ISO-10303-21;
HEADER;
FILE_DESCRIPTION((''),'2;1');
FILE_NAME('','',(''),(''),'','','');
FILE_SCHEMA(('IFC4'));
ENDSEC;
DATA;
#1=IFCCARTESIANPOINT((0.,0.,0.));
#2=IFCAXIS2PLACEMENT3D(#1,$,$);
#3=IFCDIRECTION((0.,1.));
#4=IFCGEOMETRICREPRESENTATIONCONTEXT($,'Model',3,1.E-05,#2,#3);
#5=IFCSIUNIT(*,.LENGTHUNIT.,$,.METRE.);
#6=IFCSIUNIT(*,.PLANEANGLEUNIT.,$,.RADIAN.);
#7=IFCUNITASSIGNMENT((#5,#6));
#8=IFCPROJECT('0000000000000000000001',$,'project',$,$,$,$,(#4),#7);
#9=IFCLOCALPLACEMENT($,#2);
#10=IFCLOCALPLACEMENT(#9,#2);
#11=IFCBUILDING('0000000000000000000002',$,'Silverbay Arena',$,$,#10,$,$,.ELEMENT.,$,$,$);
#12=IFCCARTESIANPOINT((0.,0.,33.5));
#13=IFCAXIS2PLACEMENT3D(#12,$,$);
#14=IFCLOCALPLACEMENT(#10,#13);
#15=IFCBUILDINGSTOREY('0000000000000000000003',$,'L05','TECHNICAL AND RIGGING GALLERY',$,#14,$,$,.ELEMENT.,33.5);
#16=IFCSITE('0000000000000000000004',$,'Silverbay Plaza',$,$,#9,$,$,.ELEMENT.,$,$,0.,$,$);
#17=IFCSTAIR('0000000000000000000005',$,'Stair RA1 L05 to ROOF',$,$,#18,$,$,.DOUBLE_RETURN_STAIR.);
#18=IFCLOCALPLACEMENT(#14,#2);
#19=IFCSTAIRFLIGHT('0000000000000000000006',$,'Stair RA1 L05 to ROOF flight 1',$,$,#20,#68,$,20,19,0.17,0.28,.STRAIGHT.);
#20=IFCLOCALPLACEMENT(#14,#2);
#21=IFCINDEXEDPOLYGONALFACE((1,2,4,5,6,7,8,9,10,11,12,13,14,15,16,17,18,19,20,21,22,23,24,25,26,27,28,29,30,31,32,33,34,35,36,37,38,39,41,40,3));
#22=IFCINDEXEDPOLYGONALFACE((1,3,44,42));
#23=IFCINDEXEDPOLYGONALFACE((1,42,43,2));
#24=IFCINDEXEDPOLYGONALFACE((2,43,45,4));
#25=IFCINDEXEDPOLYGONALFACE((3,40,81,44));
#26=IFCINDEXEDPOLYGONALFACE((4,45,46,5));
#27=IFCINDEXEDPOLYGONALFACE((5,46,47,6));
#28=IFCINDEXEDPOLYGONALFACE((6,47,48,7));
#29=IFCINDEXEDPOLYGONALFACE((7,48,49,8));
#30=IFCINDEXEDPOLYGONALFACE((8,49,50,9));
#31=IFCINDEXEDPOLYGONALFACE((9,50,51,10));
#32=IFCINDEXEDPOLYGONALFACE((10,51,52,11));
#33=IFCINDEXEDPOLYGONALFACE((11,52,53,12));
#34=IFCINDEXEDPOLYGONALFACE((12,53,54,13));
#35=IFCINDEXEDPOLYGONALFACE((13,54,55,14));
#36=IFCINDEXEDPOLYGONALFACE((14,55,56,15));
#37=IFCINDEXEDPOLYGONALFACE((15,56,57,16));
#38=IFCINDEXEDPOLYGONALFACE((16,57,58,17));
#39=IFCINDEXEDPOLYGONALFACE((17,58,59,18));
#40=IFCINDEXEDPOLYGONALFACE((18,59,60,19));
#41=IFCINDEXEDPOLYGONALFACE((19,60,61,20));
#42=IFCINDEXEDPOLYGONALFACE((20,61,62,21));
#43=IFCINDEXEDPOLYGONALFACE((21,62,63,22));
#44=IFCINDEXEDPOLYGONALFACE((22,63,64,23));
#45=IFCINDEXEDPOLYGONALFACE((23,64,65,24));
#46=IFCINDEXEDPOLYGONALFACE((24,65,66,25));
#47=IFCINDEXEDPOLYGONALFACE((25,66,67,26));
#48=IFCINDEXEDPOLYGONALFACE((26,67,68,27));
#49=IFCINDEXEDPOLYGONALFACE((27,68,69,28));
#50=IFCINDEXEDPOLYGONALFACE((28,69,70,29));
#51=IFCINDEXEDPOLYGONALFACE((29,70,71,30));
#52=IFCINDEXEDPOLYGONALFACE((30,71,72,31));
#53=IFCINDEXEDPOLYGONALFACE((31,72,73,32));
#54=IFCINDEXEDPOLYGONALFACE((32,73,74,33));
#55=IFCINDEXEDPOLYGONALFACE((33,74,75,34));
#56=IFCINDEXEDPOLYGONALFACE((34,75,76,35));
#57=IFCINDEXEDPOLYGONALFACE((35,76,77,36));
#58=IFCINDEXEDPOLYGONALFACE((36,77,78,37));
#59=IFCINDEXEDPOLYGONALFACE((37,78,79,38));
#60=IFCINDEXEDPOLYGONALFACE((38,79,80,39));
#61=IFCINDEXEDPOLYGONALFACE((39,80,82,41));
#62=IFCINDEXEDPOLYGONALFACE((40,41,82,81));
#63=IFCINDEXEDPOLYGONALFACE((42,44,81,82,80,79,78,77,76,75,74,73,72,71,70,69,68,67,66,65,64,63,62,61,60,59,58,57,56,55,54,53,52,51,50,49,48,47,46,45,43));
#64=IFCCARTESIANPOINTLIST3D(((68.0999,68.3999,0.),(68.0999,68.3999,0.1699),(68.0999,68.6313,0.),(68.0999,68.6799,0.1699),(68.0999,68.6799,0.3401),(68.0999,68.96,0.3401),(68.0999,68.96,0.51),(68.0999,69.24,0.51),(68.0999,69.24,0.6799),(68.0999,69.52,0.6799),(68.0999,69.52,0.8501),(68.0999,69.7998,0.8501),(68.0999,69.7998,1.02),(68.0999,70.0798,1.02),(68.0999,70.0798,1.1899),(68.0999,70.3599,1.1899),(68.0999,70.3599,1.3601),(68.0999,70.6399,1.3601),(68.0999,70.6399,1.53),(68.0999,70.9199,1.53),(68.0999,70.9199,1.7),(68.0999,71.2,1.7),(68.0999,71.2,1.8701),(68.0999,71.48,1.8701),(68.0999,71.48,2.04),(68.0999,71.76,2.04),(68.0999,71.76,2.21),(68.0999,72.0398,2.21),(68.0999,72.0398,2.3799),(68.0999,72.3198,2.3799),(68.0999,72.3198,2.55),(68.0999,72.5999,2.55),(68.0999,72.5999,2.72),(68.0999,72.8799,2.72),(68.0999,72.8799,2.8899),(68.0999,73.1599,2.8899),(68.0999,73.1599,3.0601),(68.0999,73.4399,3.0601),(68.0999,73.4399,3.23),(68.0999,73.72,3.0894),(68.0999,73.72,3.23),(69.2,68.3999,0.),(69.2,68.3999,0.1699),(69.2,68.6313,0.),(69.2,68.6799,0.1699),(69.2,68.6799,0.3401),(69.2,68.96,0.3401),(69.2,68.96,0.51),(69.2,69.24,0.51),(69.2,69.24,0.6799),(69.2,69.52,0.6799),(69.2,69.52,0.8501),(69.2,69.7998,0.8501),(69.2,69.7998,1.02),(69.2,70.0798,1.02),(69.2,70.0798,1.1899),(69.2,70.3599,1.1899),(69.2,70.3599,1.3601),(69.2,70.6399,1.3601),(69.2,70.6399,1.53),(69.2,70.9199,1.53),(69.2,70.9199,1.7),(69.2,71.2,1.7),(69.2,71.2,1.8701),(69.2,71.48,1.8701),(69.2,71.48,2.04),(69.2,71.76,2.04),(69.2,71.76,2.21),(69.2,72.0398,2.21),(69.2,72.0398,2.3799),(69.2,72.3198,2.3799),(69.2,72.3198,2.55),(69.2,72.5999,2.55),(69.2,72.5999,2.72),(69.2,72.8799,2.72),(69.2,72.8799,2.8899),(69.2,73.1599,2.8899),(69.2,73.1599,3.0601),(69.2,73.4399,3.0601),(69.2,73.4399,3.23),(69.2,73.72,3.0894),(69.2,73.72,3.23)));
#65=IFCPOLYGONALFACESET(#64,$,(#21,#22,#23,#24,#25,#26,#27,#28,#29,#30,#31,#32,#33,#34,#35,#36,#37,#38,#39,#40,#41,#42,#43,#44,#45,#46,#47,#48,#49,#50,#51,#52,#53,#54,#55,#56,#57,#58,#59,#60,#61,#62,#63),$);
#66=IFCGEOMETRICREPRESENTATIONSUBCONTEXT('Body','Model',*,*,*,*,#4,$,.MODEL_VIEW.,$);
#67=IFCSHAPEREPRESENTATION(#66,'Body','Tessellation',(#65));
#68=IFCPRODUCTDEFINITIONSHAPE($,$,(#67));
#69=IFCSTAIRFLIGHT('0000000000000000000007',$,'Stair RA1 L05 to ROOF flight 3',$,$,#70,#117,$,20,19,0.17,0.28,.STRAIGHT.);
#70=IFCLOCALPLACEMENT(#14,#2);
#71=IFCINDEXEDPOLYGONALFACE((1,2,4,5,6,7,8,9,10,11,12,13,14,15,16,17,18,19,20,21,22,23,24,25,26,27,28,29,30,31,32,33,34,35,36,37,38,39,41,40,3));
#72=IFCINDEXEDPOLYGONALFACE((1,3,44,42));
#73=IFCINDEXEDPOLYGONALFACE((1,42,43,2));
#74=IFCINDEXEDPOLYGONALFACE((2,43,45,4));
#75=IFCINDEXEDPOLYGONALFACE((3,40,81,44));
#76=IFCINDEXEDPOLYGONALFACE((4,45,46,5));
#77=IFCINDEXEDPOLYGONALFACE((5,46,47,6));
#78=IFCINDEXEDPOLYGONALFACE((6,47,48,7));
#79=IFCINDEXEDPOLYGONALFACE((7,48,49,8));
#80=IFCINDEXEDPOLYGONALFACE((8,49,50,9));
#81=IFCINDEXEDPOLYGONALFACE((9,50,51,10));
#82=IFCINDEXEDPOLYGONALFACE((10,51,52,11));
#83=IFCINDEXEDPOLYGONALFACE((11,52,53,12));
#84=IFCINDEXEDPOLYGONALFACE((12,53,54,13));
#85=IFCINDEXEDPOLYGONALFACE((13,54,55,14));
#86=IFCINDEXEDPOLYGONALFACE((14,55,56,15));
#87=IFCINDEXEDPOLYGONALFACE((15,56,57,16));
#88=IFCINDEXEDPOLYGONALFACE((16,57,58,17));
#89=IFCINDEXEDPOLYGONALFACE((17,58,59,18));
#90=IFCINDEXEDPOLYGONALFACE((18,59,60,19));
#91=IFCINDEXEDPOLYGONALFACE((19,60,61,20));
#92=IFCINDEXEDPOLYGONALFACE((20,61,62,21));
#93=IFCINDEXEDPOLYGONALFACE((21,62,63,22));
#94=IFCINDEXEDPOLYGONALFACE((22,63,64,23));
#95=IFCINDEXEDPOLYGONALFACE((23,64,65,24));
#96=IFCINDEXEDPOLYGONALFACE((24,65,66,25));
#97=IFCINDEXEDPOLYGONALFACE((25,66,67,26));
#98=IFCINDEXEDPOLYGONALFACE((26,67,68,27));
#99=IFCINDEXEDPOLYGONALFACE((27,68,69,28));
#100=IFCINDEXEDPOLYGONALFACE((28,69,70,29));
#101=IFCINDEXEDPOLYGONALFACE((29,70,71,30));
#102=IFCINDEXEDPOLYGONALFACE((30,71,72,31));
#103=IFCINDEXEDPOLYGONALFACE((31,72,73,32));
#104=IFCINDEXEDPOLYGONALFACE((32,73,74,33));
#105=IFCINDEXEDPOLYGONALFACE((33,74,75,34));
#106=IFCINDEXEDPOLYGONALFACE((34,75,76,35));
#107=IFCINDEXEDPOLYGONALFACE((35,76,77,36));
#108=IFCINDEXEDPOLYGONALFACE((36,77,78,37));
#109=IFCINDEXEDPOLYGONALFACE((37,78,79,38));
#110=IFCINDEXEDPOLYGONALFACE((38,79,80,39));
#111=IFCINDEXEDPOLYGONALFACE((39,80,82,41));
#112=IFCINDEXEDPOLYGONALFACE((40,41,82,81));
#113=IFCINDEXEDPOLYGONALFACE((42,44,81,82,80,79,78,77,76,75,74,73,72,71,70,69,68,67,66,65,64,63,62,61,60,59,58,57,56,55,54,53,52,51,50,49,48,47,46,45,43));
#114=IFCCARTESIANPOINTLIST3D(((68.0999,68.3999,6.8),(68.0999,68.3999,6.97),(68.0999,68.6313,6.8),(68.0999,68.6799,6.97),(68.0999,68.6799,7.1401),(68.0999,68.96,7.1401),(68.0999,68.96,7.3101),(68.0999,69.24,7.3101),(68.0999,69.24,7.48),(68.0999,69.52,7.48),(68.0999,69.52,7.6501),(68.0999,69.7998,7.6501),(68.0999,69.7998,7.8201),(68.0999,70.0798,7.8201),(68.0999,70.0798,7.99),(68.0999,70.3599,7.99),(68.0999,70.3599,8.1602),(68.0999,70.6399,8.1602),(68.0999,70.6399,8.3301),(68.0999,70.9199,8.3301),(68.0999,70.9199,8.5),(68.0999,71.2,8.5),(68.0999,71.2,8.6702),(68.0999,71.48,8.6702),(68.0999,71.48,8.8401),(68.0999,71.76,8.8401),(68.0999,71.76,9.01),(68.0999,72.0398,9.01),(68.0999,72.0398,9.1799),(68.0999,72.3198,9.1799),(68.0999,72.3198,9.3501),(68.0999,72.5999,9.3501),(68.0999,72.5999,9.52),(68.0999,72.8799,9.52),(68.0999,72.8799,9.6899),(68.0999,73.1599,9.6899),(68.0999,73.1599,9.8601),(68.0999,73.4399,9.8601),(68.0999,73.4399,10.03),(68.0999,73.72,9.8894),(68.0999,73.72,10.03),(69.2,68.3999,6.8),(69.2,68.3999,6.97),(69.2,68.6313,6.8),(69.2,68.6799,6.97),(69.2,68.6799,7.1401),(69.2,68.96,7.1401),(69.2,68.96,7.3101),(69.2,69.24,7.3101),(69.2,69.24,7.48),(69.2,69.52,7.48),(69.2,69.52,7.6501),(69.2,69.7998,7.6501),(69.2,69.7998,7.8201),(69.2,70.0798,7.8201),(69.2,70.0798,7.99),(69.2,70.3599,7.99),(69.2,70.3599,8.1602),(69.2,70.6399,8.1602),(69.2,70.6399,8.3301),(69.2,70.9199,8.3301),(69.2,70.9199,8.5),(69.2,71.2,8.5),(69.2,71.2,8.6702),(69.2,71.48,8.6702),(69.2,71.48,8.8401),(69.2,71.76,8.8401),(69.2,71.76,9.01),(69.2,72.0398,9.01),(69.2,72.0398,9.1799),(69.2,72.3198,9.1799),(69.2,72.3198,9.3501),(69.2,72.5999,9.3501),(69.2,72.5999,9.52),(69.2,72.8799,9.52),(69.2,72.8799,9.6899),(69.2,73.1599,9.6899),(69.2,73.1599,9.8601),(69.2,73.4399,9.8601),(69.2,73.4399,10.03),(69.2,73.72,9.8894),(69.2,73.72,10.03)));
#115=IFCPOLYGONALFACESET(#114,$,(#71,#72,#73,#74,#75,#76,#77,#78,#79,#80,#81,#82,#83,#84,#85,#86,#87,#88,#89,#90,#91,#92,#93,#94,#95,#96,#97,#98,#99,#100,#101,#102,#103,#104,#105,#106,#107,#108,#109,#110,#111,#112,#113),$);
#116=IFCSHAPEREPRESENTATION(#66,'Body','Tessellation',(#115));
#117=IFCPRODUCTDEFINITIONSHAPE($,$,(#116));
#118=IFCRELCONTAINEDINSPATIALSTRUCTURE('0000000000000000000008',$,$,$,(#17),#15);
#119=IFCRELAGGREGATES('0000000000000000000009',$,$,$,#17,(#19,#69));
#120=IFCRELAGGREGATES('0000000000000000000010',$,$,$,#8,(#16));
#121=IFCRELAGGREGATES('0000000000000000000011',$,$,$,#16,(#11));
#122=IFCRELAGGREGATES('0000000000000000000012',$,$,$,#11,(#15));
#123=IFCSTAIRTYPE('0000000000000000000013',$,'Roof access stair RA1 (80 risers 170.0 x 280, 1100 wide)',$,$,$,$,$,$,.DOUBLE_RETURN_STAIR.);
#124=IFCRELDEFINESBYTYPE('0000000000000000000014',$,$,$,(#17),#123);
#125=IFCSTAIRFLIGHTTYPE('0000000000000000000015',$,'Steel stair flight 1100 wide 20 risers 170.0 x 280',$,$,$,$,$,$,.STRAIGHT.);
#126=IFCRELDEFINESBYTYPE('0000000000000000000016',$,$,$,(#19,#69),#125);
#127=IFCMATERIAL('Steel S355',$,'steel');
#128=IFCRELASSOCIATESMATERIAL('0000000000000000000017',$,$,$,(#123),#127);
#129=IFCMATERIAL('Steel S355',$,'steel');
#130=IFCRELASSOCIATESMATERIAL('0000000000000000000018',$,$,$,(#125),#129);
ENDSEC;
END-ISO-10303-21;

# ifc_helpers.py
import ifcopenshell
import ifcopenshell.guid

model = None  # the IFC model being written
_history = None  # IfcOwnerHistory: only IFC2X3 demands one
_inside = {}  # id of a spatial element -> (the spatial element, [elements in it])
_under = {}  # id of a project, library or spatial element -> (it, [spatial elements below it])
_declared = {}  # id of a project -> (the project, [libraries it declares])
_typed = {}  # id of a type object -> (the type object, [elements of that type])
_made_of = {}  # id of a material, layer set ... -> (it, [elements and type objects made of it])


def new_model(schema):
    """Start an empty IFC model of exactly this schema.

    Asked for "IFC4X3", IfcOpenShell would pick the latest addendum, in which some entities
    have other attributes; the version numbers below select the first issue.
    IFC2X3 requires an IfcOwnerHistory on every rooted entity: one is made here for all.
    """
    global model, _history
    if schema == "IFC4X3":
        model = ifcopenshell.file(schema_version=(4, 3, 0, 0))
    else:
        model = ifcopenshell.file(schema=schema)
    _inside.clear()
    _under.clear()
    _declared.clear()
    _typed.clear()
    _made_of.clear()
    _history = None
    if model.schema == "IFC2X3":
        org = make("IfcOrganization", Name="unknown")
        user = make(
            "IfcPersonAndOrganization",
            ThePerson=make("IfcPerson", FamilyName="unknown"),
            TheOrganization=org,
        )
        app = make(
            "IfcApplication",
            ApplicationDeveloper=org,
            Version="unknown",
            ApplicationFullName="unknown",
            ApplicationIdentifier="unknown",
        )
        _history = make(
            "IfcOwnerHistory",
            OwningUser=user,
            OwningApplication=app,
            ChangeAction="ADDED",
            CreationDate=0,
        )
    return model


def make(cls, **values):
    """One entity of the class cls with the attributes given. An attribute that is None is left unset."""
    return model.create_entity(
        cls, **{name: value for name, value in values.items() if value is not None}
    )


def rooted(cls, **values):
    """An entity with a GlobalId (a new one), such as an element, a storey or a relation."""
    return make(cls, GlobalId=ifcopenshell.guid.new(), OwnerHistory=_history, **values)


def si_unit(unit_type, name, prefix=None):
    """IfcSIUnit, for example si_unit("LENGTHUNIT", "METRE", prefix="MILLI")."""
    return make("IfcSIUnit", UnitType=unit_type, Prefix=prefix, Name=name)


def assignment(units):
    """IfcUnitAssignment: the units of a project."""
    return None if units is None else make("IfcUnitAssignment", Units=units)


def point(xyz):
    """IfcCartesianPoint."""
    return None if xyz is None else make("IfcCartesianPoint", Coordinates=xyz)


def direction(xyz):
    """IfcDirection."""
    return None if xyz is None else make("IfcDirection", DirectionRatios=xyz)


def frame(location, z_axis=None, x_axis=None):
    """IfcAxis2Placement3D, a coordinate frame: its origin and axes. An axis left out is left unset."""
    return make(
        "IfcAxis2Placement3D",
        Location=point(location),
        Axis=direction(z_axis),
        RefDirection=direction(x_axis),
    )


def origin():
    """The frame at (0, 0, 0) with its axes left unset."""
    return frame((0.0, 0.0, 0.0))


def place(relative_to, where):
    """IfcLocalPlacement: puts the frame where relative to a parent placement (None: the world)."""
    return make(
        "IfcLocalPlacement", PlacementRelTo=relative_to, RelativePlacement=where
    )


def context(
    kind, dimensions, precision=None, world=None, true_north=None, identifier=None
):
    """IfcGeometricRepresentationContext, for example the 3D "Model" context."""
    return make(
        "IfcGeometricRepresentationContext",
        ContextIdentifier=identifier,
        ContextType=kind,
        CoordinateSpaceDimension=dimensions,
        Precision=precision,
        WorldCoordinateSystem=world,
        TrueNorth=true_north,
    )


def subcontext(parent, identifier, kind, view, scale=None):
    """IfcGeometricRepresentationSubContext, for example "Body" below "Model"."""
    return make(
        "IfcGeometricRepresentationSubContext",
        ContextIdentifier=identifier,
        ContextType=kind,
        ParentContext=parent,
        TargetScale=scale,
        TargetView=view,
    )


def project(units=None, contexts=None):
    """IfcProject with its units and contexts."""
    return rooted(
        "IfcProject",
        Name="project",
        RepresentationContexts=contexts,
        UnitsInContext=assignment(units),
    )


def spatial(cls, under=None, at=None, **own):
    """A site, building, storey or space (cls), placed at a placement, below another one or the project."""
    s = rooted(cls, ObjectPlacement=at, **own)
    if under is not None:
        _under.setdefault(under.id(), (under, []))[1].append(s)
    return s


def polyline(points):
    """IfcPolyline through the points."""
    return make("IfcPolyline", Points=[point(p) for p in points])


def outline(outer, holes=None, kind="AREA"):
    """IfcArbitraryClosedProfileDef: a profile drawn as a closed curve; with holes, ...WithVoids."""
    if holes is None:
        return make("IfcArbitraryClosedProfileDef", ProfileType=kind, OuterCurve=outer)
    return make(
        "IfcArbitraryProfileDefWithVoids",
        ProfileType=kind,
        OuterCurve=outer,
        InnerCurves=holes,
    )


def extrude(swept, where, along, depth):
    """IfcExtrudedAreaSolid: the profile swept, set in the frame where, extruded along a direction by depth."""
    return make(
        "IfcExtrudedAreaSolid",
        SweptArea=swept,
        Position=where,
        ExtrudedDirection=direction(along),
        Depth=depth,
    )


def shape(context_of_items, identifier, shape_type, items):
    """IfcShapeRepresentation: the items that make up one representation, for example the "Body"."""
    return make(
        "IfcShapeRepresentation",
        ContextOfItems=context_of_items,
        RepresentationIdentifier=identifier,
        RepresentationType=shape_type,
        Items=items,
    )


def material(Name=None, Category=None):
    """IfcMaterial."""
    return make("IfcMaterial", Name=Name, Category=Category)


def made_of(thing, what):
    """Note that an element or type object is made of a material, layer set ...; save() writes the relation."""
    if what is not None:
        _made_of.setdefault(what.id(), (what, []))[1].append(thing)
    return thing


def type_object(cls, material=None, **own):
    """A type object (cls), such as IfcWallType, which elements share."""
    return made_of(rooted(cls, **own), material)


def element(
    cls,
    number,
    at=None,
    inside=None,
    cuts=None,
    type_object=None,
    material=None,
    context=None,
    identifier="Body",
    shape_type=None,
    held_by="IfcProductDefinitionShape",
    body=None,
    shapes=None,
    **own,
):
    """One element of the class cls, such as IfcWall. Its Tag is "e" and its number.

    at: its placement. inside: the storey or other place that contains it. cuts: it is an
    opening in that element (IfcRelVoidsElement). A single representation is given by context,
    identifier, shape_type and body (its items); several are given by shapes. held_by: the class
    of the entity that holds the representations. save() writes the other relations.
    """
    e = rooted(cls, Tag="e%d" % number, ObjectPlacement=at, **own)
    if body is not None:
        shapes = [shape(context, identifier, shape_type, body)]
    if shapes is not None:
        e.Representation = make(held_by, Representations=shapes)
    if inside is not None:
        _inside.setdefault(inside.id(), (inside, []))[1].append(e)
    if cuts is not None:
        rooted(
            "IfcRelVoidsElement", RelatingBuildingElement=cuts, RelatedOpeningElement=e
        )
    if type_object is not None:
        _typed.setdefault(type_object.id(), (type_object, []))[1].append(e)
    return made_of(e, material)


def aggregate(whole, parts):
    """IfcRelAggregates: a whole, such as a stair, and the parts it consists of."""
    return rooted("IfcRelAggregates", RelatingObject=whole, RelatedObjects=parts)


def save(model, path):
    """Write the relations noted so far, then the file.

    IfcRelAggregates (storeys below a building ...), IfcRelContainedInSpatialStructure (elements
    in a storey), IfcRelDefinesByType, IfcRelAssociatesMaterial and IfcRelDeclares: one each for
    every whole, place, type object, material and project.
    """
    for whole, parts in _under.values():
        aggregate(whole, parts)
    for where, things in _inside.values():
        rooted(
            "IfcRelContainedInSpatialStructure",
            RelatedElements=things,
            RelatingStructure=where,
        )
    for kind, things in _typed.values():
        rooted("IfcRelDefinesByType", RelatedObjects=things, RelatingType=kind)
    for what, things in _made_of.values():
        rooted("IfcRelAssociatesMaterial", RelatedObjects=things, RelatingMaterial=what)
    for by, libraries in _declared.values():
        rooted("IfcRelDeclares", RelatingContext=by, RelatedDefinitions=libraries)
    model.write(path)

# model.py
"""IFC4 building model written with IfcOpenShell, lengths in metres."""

from ifc_helpers import new_model, si_unit, direction, frame, origin, place, context, subcontext, project, spatial, polyline, outline, extrude, material, type_object, element, aggregate, save


model = new_model("IFC4")

# Units and contexts
model_context = context("Model", 3, precision=1e-05, world=origin(), true_north=direction((0.0, 1.0)))
body_context = subcontext(model_context, "Body", "Model", "MODEL_VIEW")
ifc_project = project(units=[si_unit("LENGTHUNIT", "METRE"), si_unit("PLANEANGLEUNIT", "RADIAN")], contexts=[model_context])

# Site, building, storey
site_placement = place(None, origin())
site = spatial("IfcSite", under=ifc_project, at=site_placement, Name="Silverbay Plaza", CompositionType="ELEMENT", RefElevation=0.0)
building_placement = place(site_placement, origin())
building = spatial("IfcBuilding", under=site, at=building_placement, Name="Silverbay Arena", CompositionType="ELEMENT")
storey_placement = place(building_placement, frame((0.0, 0.0, 33.5)))
storey = spatial("IfcBuildingStorey", under=building, at=storey_placement, Name="L05", Description="TECHNICAL AND RIGGING GALLERY", CompositionType="ELEMENT", Elevation=33.5)

# Stair, stair flights
ifc_material_1 = material(Name="Steel S355", Category="steel")
stair_type = type_object("IfcStairType", Name="Roof access stair RA1 (80 risers 170.0 x 280, 1100 wide)", PredefinedType="DOUBLE_RETURN_STAIR", material=ifc_material_1)
stair_placement = place(storey_placement, origin())
stair = element("IfcStair", 1, at=stair_placement, inside=storey, type_object=stair_type, Name="Stair RA1 L05 to ROOF", PredefinedType="DOUBLE_RETURN_STAIR")
ifc_material_2 = material(Name="Steel S355", Category="steel")
stair_flight_type = type_object("IfcStairFlightType", Name="Steel stair flight 1100 wide 20 risers 170.0 x 280", PredefinedType="STRAIGHT", material=ifc_material_2)
stair_flight_1_placement = place(storey_placement, frame((68.6499, 68.3999, 0.0), z_axis=(0.0, 0.0, 1.0), x_axis=(0.0, 1.0, 0.0)))
stair_flight_1 = element("IfcStairFlight", 2, at=stair_flight_1_placement, type_object=stair_flight_type, Name="Stair RA1 L05 to ROOF flight 1", NumberOfRisers=20, NumberOfTreads=19, PredefinedType="STRAIGHT", RiserHeight=0.17, TreadLength=0.28, context=body_context, shape_type="SweptSolid", body=[
    extrude(outline(polyline([(0.0, 0.0), (0.0, 0.1699), (0.28, 0.1699), (0.28, 0.3401), (0.5601, 0.3401), (0.5601, 0.51), (0.8401, 0.51), (0.8401, 0.6799), (1.1201, 0.6799), (1.1201, 0.8501), (1.3999, 0.8501), (1.3999, 1.02), (1.6799, 1.02), (1.6799, 1.1899), (1.96, 1.1899), (1.96, 1.3601), (2.24, 1.3601), (2.24, 1.53), (2.52, 1.53), (2.52, 1.7), (2.8, 1.7), (2.8, 1.8701), (3.0801, 1.8701), (3.0801, 2.04), (3.3601, 2.04), (3.3601, 2.21), (3.6399, 2.21), (3.6399, 2.3799), (3.9199, 2.3799), (3.9199, 2.55), (4.2, 2.55), (4.2, 2.72), (4.48, 2.72), (4.48, 2.8899), (4.76, 2.8899), (4.76, 3.0601), (5.04, 3.0601), (5.04, 3.23), (5.3201, 3.23), (5.3201, 3.0894), (0.2314, 0.0), (0.0, 0.0)])), frame((0.0, 0.55, 0.0), z_axis=(0.0, -1.0, 0.0), x_axis=(1.0, 0.0, 0.0)), (0.0, 0.0, 1.0), 1.1001),
])
stair_flight_2_placement = place(storey_placement, frame((68.6499, 68.3999, 6.8), z_axis=(0.0, 0.0, 1.0), x_axis=(0.0, 1.0, 0.0)))
stair_flight_2 = element("IfcStairFlight", 3, at=stair_flight_2_placement, type_object=stair_flight_type, Name="Stair RA1 L05 to ROOF flight 3", NumberOfRisers=20, NumberOfTreads=19, PredefinedType="STRAIGHT", RiserHeight=0.17, TreadLength=0.28, context=body_context, shape_type="SweptSolid", body=[
    extrude(outline(polyline([(0.0, 0.0), (0.0, 0.1699), (0.28, 0.1699), (0.28, 0.3401), (0.5601, 0.3401), (0.5601, 0.51), (0.8401, 0.51), (0.8401, 0.6799), (1.1201, 0.6799), (1.1201, 0.8501), (1.3999, 0.8501), (1.3999, 1.02), (1.6799, 1.02), (1.6799, 1.1899), (1.96, 1.1899), (1.96, 1.3601), (2.24, 1.3601), (2.24, 1.53), (2.52, 1.53), (2.52, 1.7), (2.8, 1.7), (2.8, 1.8701), (3.0801, 1.8701), (3.0801, 2.04), (3.3601, 2.04), (3.3601, 2.21), (3.6399, 2.21), (3.6399, 2.3799), (3.9199, 2.3799), (3.9199, 2.55), (4.2, 2.55), (4.2, 2.72), (4.48, 2.72), (4.48, 2.8899), (4.76, 2.8899), (4.76, 3.0601), (5.04, 3.0601), (5.04, 3.23), (5.3201, 3.23), (5.3201, 3.0894), (0.2314, 0.0), (0.0, 0.0)])), frame((0.0, 0.55, 0.0), z_axis=(0.0, -1.0, 0.0), x_axis=(1.0, 0.0, 0.0)), (0.0, 0.0, 1.0), 1.1001),
])
aggregate(stair, [stair_flight_1, stair_flight_2])

save(model, "model.ifc")
